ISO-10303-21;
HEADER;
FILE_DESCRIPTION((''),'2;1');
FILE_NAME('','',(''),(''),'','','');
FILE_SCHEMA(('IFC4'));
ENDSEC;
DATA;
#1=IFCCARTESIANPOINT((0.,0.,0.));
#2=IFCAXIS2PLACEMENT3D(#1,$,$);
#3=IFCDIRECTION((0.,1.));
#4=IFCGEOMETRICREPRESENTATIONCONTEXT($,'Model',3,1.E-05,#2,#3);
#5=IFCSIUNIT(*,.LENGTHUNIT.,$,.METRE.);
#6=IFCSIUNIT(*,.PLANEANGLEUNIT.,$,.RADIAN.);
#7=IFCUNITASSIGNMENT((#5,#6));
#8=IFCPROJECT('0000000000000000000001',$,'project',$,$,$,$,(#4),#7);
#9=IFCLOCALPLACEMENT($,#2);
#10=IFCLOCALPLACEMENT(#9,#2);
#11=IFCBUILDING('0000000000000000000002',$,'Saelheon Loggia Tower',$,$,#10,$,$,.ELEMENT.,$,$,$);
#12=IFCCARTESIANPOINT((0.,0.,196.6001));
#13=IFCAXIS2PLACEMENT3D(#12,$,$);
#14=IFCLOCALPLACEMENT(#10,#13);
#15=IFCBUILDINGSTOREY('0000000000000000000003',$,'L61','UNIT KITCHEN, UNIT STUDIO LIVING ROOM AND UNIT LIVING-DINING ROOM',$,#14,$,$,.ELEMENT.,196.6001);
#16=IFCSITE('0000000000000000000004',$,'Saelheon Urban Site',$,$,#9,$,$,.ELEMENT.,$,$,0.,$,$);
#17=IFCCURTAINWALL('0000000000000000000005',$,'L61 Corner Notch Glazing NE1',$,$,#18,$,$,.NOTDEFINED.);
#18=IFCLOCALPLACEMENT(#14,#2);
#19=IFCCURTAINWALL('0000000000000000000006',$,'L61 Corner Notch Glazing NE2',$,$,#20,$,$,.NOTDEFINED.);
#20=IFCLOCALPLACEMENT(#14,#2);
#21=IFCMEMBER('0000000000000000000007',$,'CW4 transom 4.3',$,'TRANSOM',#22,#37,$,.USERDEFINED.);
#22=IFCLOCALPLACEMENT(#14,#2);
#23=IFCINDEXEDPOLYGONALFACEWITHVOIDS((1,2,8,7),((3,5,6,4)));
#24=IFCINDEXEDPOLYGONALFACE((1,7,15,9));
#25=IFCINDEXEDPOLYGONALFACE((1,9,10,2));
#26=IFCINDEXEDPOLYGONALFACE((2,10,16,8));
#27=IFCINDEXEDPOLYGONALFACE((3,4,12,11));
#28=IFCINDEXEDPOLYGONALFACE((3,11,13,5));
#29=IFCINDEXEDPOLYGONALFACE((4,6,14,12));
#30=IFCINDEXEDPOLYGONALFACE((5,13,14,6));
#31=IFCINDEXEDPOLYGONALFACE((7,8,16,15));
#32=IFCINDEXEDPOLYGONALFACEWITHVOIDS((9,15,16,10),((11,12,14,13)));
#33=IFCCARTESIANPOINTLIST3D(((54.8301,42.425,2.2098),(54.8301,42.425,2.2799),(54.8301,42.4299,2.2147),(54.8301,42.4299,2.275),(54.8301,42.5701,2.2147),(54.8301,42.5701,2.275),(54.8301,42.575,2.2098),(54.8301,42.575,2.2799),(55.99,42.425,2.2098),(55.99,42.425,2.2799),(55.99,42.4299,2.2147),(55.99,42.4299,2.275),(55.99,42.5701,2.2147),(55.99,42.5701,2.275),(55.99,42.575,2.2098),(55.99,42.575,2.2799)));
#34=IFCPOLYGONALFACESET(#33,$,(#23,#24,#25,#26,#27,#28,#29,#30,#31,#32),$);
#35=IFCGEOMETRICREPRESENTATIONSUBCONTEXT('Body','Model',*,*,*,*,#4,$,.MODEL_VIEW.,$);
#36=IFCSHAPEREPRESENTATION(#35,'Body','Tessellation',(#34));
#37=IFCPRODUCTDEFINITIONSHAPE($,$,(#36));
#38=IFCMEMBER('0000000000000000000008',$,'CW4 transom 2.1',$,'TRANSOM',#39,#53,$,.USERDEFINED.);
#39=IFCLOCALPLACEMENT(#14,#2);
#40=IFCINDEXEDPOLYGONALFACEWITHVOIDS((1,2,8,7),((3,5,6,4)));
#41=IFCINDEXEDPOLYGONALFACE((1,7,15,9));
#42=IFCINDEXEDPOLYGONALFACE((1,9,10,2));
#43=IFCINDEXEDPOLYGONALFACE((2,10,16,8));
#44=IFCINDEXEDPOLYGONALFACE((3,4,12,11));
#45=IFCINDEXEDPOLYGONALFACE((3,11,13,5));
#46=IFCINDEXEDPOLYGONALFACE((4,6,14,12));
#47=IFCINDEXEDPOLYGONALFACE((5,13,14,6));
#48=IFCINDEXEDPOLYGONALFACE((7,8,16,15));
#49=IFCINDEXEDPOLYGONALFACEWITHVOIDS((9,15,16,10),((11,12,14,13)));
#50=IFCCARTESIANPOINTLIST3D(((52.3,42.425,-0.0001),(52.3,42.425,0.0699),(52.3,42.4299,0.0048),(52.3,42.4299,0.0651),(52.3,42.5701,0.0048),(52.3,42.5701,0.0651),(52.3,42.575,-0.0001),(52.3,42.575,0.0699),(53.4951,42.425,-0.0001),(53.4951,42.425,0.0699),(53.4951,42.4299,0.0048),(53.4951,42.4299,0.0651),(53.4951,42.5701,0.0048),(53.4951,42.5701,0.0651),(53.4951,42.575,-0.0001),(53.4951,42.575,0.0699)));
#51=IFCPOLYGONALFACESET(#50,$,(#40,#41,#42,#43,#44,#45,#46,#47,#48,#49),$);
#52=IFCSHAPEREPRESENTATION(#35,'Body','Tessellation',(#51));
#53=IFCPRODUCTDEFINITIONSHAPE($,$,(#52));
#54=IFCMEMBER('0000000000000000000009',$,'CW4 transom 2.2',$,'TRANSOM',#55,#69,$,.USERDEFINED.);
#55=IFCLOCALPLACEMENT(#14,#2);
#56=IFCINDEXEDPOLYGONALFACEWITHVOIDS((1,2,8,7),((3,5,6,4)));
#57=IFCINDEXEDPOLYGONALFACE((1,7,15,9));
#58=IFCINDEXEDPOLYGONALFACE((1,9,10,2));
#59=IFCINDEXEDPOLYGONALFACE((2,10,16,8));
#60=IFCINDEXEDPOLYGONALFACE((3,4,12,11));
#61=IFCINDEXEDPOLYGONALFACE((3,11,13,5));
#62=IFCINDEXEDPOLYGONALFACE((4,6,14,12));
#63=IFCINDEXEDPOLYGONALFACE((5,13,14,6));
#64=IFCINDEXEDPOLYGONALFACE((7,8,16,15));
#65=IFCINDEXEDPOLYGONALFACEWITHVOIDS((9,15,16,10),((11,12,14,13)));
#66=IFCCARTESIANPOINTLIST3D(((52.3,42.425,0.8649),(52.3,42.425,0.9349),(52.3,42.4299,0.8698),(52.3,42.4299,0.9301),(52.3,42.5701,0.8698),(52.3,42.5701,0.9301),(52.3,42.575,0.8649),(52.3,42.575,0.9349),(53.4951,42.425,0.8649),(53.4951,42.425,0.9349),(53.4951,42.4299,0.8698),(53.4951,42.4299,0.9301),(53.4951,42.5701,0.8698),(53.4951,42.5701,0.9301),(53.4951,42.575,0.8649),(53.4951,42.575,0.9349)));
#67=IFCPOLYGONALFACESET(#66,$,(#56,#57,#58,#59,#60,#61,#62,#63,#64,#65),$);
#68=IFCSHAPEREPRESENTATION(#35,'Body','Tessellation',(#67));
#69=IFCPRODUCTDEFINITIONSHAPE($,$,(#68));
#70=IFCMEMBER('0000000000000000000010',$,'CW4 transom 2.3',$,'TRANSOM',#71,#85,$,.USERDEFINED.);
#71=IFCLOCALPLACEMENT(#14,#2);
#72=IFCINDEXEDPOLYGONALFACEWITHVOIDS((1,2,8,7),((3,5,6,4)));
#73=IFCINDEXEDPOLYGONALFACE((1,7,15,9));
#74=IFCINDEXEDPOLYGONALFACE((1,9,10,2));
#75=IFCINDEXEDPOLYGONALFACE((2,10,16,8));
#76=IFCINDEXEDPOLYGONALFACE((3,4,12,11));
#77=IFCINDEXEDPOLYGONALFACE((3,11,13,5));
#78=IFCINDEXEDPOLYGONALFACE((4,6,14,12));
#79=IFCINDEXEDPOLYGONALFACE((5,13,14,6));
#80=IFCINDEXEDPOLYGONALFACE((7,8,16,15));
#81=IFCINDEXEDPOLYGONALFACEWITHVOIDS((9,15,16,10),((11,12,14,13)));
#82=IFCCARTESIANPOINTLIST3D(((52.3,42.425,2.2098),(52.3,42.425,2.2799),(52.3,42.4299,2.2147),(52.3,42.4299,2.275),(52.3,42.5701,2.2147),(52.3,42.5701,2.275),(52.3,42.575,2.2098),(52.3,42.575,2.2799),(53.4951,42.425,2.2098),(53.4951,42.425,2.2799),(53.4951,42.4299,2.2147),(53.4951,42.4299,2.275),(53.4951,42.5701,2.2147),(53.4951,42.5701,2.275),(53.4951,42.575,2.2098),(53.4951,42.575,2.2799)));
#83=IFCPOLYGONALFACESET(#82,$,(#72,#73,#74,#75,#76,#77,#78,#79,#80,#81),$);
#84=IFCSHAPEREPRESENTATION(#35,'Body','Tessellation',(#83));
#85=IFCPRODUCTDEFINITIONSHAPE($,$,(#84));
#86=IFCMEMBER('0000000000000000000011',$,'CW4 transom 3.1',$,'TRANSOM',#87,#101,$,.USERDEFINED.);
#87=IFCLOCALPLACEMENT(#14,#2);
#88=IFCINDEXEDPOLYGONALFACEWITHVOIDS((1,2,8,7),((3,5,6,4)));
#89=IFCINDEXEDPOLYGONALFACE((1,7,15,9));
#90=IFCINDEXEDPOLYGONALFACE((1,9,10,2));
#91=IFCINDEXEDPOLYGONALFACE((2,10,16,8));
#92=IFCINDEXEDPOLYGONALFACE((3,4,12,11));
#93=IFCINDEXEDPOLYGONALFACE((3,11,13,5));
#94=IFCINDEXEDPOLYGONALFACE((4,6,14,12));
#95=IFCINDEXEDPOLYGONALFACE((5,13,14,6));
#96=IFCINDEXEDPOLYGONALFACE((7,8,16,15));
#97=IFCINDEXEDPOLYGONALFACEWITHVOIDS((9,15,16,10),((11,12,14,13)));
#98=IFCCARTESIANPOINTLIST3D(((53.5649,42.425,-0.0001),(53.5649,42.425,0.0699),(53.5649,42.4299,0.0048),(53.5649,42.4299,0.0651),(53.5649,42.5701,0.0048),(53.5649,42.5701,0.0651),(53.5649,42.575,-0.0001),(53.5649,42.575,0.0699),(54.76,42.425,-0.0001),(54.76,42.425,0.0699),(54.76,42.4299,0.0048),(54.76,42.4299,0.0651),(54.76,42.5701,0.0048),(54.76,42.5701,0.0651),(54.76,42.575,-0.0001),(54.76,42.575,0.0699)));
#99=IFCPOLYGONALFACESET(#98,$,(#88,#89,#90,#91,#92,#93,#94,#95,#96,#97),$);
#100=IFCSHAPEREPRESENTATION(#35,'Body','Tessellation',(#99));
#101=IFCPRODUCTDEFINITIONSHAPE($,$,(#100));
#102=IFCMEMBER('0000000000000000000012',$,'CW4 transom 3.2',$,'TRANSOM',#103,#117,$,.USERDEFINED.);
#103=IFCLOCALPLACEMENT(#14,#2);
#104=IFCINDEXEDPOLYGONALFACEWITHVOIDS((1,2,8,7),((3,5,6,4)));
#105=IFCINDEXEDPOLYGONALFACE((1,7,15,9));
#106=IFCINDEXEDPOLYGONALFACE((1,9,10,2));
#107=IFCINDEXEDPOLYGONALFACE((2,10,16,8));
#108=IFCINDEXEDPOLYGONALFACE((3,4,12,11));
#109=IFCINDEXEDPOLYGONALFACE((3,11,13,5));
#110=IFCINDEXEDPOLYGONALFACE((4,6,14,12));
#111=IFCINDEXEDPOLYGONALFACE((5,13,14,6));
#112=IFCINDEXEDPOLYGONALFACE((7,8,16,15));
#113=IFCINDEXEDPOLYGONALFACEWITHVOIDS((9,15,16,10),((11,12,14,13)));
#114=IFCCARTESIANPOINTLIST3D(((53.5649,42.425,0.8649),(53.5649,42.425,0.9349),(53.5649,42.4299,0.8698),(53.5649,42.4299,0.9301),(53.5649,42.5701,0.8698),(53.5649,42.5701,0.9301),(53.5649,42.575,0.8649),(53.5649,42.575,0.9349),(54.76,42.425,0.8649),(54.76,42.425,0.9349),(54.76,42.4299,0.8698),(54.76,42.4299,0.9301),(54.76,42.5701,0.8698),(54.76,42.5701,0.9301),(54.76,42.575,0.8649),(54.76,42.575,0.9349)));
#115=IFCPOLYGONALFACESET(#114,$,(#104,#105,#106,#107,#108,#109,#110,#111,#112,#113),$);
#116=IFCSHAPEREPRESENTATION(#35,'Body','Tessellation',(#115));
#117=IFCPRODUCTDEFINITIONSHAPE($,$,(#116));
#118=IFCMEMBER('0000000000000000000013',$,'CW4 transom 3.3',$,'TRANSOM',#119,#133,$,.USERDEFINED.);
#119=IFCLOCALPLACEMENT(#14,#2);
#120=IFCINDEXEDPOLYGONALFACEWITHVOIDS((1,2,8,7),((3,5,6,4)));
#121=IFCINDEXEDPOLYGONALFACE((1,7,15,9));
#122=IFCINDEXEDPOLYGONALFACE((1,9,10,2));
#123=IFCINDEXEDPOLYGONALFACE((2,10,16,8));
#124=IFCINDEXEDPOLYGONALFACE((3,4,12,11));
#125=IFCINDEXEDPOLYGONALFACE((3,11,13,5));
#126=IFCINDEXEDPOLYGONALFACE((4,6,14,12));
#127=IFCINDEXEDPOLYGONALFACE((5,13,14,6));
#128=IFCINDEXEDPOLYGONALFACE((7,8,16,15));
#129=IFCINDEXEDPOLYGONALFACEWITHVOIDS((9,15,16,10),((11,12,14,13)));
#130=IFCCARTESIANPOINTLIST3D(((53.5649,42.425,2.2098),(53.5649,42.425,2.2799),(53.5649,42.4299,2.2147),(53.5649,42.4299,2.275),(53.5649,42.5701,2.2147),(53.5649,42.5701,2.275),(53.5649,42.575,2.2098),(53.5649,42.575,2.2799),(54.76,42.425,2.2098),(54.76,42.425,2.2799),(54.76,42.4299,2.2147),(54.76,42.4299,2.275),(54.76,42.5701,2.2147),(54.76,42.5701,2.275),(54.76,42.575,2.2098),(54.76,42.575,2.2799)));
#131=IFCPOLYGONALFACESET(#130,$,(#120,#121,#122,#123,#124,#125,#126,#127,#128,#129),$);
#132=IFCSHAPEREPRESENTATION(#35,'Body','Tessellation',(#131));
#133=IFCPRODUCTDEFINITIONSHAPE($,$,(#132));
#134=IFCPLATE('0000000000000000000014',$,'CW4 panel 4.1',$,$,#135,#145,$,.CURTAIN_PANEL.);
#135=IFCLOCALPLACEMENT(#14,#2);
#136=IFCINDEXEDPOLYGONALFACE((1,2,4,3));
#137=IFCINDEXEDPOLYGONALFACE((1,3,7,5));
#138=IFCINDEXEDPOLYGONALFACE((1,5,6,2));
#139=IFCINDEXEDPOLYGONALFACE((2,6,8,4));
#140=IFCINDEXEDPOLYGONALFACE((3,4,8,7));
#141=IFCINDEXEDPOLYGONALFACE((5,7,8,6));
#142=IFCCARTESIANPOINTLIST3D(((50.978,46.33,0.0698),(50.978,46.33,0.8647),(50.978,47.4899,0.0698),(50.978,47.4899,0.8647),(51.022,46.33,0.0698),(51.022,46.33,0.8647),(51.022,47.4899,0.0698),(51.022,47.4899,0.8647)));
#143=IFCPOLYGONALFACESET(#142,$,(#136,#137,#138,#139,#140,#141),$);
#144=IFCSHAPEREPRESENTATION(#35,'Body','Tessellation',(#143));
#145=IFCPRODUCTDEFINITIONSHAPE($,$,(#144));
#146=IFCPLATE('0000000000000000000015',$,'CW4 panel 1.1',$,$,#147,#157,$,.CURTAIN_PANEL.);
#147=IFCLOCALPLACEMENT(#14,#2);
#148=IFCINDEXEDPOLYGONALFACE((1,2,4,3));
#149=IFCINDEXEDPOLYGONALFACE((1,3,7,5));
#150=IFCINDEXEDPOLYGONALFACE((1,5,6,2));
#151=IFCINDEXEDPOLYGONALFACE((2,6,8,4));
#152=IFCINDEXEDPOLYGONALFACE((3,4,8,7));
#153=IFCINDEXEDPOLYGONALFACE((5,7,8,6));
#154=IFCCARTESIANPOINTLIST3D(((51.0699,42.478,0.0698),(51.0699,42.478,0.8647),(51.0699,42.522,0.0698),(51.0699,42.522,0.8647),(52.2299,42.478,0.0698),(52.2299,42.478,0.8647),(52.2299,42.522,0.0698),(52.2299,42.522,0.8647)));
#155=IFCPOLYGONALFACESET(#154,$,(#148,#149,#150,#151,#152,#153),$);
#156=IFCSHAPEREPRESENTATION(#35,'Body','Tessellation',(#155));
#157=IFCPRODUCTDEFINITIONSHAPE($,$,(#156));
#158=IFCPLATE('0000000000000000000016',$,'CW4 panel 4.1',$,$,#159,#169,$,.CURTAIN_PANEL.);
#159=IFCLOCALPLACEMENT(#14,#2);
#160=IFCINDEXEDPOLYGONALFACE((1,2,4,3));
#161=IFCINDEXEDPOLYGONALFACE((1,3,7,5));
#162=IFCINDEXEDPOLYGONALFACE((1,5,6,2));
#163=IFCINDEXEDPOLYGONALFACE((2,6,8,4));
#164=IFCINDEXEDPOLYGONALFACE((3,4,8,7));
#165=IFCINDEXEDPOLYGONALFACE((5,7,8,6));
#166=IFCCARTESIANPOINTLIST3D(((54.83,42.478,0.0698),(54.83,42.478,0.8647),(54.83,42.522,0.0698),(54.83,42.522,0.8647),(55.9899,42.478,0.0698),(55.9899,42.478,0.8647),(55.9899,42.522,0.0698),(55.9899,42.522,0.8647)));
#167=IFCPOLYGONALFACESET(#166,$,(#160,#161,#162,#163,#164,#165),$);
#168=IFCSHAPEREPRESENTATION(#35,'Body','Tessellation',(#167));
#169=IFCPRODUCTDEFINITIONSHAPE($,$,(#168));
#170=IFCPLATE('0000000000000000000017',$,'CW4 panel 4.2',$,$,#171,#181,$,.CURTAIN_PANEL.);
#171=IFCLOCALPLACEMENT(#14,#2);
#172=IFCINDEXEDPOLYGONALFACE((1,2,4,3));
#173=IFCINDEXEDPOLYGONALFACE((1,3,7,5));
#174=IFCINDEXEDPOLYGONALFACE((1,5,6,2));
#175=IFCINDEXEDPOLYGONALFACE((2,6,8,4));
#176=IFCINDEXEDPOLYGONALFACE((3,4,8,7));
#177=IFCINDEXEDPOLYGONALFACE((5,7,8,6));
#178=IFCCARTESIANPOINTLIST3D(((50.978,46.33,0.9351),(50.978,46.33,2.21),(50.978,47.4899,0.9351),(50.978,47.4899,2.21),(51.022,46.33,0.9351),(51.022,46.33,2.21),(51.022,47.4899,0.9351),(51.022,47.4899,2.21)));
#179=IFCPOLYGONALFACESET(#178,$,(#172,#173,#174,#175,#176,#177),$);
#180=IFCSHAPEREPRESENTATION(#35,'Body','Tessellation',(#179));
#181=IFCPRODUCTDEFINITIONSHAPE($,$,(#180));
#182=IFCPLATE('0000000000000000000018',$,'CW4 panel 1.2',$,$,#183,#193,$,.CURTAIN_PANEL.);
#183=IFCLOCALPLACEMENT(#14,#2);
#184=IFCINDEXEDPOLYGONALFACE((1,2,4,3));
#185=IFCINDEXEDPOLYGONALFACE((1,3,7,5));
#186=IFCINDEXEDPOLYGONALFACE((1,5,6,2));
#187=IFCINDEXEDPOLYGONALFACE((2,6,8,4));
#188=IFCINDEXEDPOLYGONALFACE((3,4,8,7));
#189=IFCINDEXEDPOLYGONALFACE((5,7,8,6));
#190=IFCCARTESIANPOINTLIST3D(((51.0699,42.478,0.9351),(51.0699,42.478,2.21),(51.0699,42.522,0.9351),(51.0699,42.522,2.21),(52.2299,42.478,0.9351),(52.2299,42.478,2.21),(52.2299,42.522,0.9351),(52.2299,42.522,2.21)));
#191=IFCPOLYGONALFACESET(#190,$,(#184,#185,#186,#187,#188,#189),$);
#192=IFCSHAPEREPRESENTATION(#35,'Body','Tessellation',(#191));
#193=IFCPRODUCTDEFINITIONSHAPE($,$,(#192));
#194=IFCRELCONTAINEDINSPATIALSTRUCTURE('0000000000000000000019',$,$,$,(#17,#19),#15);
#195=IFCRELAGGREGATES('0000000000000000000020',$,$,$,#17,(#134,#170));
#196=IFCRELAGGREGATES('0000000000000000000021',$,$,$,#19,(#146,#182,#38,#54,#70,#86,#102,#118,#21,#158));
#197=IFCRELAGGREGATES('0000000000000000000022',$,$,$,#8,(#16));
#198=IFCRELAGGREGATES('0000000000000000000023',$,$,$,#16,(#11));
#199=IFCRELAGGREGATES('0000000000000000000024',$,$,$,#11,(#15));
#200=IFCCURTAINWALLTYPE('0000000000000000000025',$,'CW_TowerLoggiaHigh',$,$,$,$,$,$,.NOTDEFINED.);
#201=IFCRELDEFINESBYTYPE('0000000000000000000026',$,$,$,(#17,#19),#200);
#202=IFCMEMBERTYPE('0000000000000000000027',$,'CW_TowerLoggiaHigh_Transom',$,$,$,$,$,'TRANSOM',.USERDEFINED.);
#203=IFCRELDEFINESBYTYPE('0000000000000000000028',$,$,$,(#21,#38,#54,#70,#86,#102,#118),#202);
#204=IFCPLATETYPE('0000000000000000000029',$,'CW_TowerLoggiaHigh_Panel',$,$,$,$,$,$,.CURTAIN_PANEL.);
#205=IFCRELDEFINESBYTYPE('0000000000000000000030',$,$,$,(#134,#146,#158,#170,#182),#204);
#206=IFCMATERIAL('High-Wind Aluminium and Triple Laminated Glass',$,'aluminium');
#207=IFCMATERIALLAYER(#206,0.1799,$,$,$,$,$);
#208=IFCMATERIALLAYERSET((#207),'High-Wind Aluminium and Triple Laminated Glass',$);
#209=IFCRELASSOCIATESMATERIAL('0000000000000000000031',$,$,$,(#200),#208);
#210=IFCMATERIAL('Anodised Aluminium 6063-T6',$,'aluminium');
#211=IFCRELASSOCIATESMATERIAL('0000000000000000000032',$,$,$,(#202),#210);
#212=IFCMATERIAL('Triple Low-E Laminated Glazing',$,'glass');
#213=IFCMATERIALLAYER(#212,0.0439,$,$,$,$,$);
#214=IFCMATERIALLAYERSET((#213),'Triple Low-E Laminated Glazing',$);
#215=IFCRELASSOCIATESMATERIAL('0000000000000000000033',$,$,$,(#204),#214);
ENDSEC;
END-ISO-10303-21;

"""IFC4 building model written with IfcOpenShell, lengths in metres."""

from ifc_helpers import new_model, si_unit, direction, frame, origin, origin_2d, place, context, subcontext, project, spatial, rectangle, hollow_rectangle, extrude, source, transform, mapped, material, layer, layer_set, material_profile, profile_set, type_object, element, aggregate, save


model = new_model("IFC4")

# Units and contexts
model_context = context("Model", 3, precision=1e-05, world=origin(), true_north=direction((0.0, 1.0)))
body_context = subcontext(model_context, "Body", "Model", "MODEL_VIEW")
ifc_project = project(units=[si_unit("LENGTHUNIT", "METRE"), si_unit("PLANEANGLEUNIT", "RADIAN")], contexts=[model_context])

# Site, building, storey
site_placement = place(None, origin())
site = spatial("IfcSite", under=ifc_project, at=site_placement, Name="Saelheon Urban Site", CompositionType="ELEMENT", RefElevation=0.0)
building_placement = place(site_placement, origin())
building = spatial("IfcBuilding", under=site, at=building_placement, Name="Saelheon Loggia Tower", CompositionType="ELEMENT")
storey_placement = place(building_placement, frame((0.0, 0.0, 196.6001)))
storey = spatial("IfcBuildingStorey", under=building, at=storey_placement, Name="L61", Description="UNIT KITCHEN, UNIT STUDIO LIVING ROOM AND UNIT LIVING-DINING ROOM", CompositionType="ELEMENT", Elevation=196.6001)

# Curtain wall
ifc_material_1 = material(Name="High-Wind Aluminium and Triple Laminated Glass", Category="aluminium")
ifc_layer_1 = layer(ifc_material_1, 0.1799)
ifc_layer_set_1 = layer_set([ifc_layer_1], Name="High-Wind Aluminium and Triple Laminated Glass")
curtain_wall_type = type_object("IfcCurtainWallType", Name="CW_TowerLoggiaHigh", PredefinedType="NOTDEFINED", material=ifc_layer_set_1)
curtain_wall_1_placement = place(storey_placement, origin())
curtain_wall_1 = element("IfcCurtainWall", 1, at=curtain_wall_1_placement, inside=storey, type_object=curtain_wall_type, Name="L61 Corner Notch Glazing NE1", PredefinedType="NOTDEFINED")
ifc_material_2 = material(Name="Anodised Aluminium 6063-T6", Category="aluminium")

# Curtain wall, members
curtain_wall_2_placement = place(storey_placement, origin())
curtain_wall_2 = element("IfcCurtainWall", 2, at=curtain_wall_2_placement, inside=storey, type_object=curtain_wall_type, Name="L61 Corner Notch Glazing NE2", PredefinedType="NOTDEFINED")
ifc_material_profile_1 = material_profile(ifc_material_2, hollow_rectangle(XDim=0.0701, YDim=0.1499, WallThickness=0.0049, at=origin_2d()), Name="RHS-150x70x5")
ifc_profile_set_1 = profile_set([ifc_material_profile_1], Name="Anodised Aluminium 6063-T6")
member_type_1 = type_object("IfcMemberType", Name="CW_TowerLoggiaHigh_Transom", ElementType="TRANSOM", PredefinedType="USERDEFINED", material=ifc_profile_set_1)
shared_shape_1 = source(origin(), body_context, "Body", "SweptSolid", [
    extrude(hollow_rectangle(XDim=0.0701, YDim=0.1499, WallThickness=0.0049, at=origin_2d()), origin(), (0.0, 0.0, 1.0), 1.1599),
])
member_1_placement = place(storey_placement, frame((54.8301, 42.5, 2.2449), z_axis=(1.0, 0.0, 0.0), x_axis=(0.0, 0.0, 1.0)))
member_1 = element("IfcMember", 3, at=member_1_placement, type_object=member_type_1, Name="CW4 transom 4.3", ObjectType="TRANSOM", PredefinedType="USERDEFINED", context=body_context, shape_type="MappedRepresentation", body=[
    mapped(shared_shape_1, transform((0.0, 0.0, 0.0), scale=1.0)),
])
shared_shape_2 = source(origin(), body_context, "Body", "SweptSolid", [
    extrude(hollow_rectangle(XDim=0.0701, YDim=0.1499, WallThickness=0.0049, at=origin_2d()), origin(), (0.0, 0.0, 1.0), 1.1951),
])
member_2_placement = place(storey_placement, frame((52.3, 42.5, 0.0349), z_axis=(1.0, 0.0, 0.0), x_axis=(0.0, 0.0, 1.0)))
member_2 = element("IfcMember", 4, at=member_2_placement, type_object=member_type_1, Name="CW4 transom 2.1", ObjectType="TRANSOM", PredefinedType="USERDEFINED", context=body_context, shape_type="MappedRepresentation", body=[
    mapped(shared_shape_2, transform((0.0, 0.0, 0.0), scale=1.0)),
])
member_3_placement = place(storey_placement, frame((52.3, 42.5, 0.8999), z_axis=(1.0, 0.0, 0.0), x_axis=(0.0, 0.0, 1.0)))
member_3 = element("IfcMember", 5, at=member_3_placement, type_object=member_type_1, Name="CW4 transom 2.2", ObjectType="TRANSOM", PredefinedType="USERDEFINED", context=body_context, shape_type="MappedRepresentation", body=[
    mapped(shared_shape_2, transform((0.0, 0.0, 0.0), scale=1.0)),
])
member_4_placement = place(storey_placement, frame((52.3, 42.5, 2.2449), z_axis=(1.0, 0.0, 0.0), x_axis=(0.0, 0.0, 1.0)))
member_4 = element("IfcMember", 6, at=member_4_placement, type_object=member_type_1, Name="CW4 transom 2.3", ObjectType="TRANSOM", PredefinedType="USERDEFINED", context=body_context, shape_type="MappedRepresentation", body=[
    mapped(shared_shape_2, transform((0.0, 0.0, 0.0), scale=1.0)),
])
member_5_placement = place(storey_placement, frame((53.5649, 42.5, 0.0349), z_axis=(1.0, 0.0, 0.0), x_axis=(0.0, 0.0, 1.0)))
member_5 = element("IfcMember", 7, at=member_5_placement, type_object=member_type_1, Name="CW4 transom 3.1", ObjectType="TRANSOM", PredefinedType="USERDEFINED", context=body_context, shape_type="MappedRepresentation", body=[
    mapped(shared_shape_2, transform((0.0, 0.0, 0.0), scale=1.0)),
])
member_6_placement = place(storey_placement, frame((53.5649, 42.5, 0.8999), z_axis=(1.0, 0.0, 0.0), x_axis=(0.0, 0.0, 1.0)))
member_6 = element("IfcMember", 8, at=member_6_placement, type_object=member_type_1, Name="CW4 transom 3.2", ObjectType="TRANSOM", PredefinedType="USERDEFINED", context=body_context, shape_type="MappedRepresentation", body=[
    mapped(shared_shape_2, transform((0.0, 0.0, 0.0), scale=1.0)),
])
member_7_placement = place(storey_placement, frame((53.5649, 42.5, 2.2449), z_axis=(1.0, 0.0, 0.0), x_axis=(0.0, 0.0, 1.0)))
member_7 = element("IfcMember", 9, at=member_7_placement, type_object=member_type_1, Name="CW4 transom 3.3", ObjectType="TRANSOM", PredefinedType="USERDEFINED", context=body_context, shape_type="MappedRepresentation", body=[
    mapped(shared_shape_2, transform((0.0, 0.0, 0.0), scale=1.0)),
])

# Plates
ifc_material_3 = material(Name="Triple Low-E Laminated Glazing", Category="glass")
ifc_layer_2 = layer(ifc_material_3, 0.0439)
ifc_layer_set_2 = layer_set([ifc_layer_2], Name="Triple Low-E Laminated Glazing")
plate_type = type_object("IfcPlateType", Name="CW_TowerLoggiaHigh_Panel", PredefinedType="CURTAIN_PANEL", material=ifc_layer_set_2)
shared_shape_3 = source(origin(), body_context, "Body", "SweptSolid", [
    extrude(rectangle(XDim=1.1599, YDim=0.0439, at=origin_2d()), origin(), (0.0, 0.0, 1.0), 0.7949),
])
plate_1_placement = place(storey_placement, frame((51.0, 46.9099, 0.0698), z_axis=(0.0, 0.0, 1.0), x_axis=(0.0, 1.0, 0.0)))
plate_1 = element("IfcPlate", 10, at=plate_1_placement, type_object=plate_type, Name="CW4 panel 4.1", PredefinedType="CURTAIN_PANEL", context=body_context, shape_type="MappedRepresentation", body=[
    mapped(shared_shape_3, transform((0.0, 0.0, 0.0), scale=1.0)),
])
plate_2_placement = place(storey_placement, frame((51.6499, 42.5, 0.0698), z_axis=(0.0, 0.0, 1.0), x_axis=(1.0, 0.0, 0.0)))
plate_2 = element("IfcPlate", 11, at=plate_2_placement, type_object=plate_type, Name="CW4 panel 1.1", PredefinedType="CURTAIN_PANEL", context=body_context, shape_type="MappedRepresentation", body=[
    mapped(shared_shape_3, transform((0.0, 0.0, 0.0), scale=1.0)),
])
plate_3_placement = place(storey_placement, frame((55.4099, 42.5, 0.0698), z_axis=(0.0, 0.0, 1.0), x_axis=(1.0, 0.0, 0.0)))
plate_3 = element("IfcPlate", 12, at=plate_3_placement, type_object=plate_type, Name="CW4 panel 4.1", PredefinedType="CURTAIN_PANEL", context=body_context, shape_type="MappedRepresentation", body=[
    mapped(shared_shape_3, transform((0.0, 0.0, 0.0), scale=1.0)),
])
shared_shape_4 = source(origin(), body_context, "Body", "SweptSolid", [
    extrude(rectangle(XDim=1.1599, YDim=0.0439, at=origin_2d()), origin(), (0.0, 0.0, 1.0), 1.2749),
])
plate_4_placement = place(storey_placement, frame((51.0, 46.9099, 0.9351), z_axis=(0.0, 0.0, 1.0), x_axis=(0.0, 1.0, 0.0)))
plate_4 = element("IfcPlate", 13, at=plate_4_placement, type_object=plate_type, Name="CW4 panel 4.2", PredefinedType="CURTAIN_PANEL", context=body_context, shape_type="MappedRepresentation", body=[
    mapped(shared_shape_4, transform((0.0, 0.0, 0.0), scale=1.0)),
])
aggregate(curtain_wall_1, [plate_1, plate_4])
plate_5_placement = place(storey_placement, frame((51.6499, 42.5, 0.9351), z_axis=(0.0, 0.0, 1.0), x_axis=(1.0, 0.0, 0.0)))
plate_5 = element("IfcPlate", 14, at=plate_5_placement, type_object=plate_type, Name="CW4 panel 1.2", PredefinedType="CURTAIN_PANEL", context=body_context, shape_type="MappedRepresentation", body=[
    mapped(shared_shape_4, transform((0.0, 0.0, 0.0), scale=1.0)),
])
aggregate(curtain_wall_2, [plate_2, plate_5, member_2, member_3, member_4, member_5, member_6, member_7, member_1, plate_3])

save(model, "model.ifc")
